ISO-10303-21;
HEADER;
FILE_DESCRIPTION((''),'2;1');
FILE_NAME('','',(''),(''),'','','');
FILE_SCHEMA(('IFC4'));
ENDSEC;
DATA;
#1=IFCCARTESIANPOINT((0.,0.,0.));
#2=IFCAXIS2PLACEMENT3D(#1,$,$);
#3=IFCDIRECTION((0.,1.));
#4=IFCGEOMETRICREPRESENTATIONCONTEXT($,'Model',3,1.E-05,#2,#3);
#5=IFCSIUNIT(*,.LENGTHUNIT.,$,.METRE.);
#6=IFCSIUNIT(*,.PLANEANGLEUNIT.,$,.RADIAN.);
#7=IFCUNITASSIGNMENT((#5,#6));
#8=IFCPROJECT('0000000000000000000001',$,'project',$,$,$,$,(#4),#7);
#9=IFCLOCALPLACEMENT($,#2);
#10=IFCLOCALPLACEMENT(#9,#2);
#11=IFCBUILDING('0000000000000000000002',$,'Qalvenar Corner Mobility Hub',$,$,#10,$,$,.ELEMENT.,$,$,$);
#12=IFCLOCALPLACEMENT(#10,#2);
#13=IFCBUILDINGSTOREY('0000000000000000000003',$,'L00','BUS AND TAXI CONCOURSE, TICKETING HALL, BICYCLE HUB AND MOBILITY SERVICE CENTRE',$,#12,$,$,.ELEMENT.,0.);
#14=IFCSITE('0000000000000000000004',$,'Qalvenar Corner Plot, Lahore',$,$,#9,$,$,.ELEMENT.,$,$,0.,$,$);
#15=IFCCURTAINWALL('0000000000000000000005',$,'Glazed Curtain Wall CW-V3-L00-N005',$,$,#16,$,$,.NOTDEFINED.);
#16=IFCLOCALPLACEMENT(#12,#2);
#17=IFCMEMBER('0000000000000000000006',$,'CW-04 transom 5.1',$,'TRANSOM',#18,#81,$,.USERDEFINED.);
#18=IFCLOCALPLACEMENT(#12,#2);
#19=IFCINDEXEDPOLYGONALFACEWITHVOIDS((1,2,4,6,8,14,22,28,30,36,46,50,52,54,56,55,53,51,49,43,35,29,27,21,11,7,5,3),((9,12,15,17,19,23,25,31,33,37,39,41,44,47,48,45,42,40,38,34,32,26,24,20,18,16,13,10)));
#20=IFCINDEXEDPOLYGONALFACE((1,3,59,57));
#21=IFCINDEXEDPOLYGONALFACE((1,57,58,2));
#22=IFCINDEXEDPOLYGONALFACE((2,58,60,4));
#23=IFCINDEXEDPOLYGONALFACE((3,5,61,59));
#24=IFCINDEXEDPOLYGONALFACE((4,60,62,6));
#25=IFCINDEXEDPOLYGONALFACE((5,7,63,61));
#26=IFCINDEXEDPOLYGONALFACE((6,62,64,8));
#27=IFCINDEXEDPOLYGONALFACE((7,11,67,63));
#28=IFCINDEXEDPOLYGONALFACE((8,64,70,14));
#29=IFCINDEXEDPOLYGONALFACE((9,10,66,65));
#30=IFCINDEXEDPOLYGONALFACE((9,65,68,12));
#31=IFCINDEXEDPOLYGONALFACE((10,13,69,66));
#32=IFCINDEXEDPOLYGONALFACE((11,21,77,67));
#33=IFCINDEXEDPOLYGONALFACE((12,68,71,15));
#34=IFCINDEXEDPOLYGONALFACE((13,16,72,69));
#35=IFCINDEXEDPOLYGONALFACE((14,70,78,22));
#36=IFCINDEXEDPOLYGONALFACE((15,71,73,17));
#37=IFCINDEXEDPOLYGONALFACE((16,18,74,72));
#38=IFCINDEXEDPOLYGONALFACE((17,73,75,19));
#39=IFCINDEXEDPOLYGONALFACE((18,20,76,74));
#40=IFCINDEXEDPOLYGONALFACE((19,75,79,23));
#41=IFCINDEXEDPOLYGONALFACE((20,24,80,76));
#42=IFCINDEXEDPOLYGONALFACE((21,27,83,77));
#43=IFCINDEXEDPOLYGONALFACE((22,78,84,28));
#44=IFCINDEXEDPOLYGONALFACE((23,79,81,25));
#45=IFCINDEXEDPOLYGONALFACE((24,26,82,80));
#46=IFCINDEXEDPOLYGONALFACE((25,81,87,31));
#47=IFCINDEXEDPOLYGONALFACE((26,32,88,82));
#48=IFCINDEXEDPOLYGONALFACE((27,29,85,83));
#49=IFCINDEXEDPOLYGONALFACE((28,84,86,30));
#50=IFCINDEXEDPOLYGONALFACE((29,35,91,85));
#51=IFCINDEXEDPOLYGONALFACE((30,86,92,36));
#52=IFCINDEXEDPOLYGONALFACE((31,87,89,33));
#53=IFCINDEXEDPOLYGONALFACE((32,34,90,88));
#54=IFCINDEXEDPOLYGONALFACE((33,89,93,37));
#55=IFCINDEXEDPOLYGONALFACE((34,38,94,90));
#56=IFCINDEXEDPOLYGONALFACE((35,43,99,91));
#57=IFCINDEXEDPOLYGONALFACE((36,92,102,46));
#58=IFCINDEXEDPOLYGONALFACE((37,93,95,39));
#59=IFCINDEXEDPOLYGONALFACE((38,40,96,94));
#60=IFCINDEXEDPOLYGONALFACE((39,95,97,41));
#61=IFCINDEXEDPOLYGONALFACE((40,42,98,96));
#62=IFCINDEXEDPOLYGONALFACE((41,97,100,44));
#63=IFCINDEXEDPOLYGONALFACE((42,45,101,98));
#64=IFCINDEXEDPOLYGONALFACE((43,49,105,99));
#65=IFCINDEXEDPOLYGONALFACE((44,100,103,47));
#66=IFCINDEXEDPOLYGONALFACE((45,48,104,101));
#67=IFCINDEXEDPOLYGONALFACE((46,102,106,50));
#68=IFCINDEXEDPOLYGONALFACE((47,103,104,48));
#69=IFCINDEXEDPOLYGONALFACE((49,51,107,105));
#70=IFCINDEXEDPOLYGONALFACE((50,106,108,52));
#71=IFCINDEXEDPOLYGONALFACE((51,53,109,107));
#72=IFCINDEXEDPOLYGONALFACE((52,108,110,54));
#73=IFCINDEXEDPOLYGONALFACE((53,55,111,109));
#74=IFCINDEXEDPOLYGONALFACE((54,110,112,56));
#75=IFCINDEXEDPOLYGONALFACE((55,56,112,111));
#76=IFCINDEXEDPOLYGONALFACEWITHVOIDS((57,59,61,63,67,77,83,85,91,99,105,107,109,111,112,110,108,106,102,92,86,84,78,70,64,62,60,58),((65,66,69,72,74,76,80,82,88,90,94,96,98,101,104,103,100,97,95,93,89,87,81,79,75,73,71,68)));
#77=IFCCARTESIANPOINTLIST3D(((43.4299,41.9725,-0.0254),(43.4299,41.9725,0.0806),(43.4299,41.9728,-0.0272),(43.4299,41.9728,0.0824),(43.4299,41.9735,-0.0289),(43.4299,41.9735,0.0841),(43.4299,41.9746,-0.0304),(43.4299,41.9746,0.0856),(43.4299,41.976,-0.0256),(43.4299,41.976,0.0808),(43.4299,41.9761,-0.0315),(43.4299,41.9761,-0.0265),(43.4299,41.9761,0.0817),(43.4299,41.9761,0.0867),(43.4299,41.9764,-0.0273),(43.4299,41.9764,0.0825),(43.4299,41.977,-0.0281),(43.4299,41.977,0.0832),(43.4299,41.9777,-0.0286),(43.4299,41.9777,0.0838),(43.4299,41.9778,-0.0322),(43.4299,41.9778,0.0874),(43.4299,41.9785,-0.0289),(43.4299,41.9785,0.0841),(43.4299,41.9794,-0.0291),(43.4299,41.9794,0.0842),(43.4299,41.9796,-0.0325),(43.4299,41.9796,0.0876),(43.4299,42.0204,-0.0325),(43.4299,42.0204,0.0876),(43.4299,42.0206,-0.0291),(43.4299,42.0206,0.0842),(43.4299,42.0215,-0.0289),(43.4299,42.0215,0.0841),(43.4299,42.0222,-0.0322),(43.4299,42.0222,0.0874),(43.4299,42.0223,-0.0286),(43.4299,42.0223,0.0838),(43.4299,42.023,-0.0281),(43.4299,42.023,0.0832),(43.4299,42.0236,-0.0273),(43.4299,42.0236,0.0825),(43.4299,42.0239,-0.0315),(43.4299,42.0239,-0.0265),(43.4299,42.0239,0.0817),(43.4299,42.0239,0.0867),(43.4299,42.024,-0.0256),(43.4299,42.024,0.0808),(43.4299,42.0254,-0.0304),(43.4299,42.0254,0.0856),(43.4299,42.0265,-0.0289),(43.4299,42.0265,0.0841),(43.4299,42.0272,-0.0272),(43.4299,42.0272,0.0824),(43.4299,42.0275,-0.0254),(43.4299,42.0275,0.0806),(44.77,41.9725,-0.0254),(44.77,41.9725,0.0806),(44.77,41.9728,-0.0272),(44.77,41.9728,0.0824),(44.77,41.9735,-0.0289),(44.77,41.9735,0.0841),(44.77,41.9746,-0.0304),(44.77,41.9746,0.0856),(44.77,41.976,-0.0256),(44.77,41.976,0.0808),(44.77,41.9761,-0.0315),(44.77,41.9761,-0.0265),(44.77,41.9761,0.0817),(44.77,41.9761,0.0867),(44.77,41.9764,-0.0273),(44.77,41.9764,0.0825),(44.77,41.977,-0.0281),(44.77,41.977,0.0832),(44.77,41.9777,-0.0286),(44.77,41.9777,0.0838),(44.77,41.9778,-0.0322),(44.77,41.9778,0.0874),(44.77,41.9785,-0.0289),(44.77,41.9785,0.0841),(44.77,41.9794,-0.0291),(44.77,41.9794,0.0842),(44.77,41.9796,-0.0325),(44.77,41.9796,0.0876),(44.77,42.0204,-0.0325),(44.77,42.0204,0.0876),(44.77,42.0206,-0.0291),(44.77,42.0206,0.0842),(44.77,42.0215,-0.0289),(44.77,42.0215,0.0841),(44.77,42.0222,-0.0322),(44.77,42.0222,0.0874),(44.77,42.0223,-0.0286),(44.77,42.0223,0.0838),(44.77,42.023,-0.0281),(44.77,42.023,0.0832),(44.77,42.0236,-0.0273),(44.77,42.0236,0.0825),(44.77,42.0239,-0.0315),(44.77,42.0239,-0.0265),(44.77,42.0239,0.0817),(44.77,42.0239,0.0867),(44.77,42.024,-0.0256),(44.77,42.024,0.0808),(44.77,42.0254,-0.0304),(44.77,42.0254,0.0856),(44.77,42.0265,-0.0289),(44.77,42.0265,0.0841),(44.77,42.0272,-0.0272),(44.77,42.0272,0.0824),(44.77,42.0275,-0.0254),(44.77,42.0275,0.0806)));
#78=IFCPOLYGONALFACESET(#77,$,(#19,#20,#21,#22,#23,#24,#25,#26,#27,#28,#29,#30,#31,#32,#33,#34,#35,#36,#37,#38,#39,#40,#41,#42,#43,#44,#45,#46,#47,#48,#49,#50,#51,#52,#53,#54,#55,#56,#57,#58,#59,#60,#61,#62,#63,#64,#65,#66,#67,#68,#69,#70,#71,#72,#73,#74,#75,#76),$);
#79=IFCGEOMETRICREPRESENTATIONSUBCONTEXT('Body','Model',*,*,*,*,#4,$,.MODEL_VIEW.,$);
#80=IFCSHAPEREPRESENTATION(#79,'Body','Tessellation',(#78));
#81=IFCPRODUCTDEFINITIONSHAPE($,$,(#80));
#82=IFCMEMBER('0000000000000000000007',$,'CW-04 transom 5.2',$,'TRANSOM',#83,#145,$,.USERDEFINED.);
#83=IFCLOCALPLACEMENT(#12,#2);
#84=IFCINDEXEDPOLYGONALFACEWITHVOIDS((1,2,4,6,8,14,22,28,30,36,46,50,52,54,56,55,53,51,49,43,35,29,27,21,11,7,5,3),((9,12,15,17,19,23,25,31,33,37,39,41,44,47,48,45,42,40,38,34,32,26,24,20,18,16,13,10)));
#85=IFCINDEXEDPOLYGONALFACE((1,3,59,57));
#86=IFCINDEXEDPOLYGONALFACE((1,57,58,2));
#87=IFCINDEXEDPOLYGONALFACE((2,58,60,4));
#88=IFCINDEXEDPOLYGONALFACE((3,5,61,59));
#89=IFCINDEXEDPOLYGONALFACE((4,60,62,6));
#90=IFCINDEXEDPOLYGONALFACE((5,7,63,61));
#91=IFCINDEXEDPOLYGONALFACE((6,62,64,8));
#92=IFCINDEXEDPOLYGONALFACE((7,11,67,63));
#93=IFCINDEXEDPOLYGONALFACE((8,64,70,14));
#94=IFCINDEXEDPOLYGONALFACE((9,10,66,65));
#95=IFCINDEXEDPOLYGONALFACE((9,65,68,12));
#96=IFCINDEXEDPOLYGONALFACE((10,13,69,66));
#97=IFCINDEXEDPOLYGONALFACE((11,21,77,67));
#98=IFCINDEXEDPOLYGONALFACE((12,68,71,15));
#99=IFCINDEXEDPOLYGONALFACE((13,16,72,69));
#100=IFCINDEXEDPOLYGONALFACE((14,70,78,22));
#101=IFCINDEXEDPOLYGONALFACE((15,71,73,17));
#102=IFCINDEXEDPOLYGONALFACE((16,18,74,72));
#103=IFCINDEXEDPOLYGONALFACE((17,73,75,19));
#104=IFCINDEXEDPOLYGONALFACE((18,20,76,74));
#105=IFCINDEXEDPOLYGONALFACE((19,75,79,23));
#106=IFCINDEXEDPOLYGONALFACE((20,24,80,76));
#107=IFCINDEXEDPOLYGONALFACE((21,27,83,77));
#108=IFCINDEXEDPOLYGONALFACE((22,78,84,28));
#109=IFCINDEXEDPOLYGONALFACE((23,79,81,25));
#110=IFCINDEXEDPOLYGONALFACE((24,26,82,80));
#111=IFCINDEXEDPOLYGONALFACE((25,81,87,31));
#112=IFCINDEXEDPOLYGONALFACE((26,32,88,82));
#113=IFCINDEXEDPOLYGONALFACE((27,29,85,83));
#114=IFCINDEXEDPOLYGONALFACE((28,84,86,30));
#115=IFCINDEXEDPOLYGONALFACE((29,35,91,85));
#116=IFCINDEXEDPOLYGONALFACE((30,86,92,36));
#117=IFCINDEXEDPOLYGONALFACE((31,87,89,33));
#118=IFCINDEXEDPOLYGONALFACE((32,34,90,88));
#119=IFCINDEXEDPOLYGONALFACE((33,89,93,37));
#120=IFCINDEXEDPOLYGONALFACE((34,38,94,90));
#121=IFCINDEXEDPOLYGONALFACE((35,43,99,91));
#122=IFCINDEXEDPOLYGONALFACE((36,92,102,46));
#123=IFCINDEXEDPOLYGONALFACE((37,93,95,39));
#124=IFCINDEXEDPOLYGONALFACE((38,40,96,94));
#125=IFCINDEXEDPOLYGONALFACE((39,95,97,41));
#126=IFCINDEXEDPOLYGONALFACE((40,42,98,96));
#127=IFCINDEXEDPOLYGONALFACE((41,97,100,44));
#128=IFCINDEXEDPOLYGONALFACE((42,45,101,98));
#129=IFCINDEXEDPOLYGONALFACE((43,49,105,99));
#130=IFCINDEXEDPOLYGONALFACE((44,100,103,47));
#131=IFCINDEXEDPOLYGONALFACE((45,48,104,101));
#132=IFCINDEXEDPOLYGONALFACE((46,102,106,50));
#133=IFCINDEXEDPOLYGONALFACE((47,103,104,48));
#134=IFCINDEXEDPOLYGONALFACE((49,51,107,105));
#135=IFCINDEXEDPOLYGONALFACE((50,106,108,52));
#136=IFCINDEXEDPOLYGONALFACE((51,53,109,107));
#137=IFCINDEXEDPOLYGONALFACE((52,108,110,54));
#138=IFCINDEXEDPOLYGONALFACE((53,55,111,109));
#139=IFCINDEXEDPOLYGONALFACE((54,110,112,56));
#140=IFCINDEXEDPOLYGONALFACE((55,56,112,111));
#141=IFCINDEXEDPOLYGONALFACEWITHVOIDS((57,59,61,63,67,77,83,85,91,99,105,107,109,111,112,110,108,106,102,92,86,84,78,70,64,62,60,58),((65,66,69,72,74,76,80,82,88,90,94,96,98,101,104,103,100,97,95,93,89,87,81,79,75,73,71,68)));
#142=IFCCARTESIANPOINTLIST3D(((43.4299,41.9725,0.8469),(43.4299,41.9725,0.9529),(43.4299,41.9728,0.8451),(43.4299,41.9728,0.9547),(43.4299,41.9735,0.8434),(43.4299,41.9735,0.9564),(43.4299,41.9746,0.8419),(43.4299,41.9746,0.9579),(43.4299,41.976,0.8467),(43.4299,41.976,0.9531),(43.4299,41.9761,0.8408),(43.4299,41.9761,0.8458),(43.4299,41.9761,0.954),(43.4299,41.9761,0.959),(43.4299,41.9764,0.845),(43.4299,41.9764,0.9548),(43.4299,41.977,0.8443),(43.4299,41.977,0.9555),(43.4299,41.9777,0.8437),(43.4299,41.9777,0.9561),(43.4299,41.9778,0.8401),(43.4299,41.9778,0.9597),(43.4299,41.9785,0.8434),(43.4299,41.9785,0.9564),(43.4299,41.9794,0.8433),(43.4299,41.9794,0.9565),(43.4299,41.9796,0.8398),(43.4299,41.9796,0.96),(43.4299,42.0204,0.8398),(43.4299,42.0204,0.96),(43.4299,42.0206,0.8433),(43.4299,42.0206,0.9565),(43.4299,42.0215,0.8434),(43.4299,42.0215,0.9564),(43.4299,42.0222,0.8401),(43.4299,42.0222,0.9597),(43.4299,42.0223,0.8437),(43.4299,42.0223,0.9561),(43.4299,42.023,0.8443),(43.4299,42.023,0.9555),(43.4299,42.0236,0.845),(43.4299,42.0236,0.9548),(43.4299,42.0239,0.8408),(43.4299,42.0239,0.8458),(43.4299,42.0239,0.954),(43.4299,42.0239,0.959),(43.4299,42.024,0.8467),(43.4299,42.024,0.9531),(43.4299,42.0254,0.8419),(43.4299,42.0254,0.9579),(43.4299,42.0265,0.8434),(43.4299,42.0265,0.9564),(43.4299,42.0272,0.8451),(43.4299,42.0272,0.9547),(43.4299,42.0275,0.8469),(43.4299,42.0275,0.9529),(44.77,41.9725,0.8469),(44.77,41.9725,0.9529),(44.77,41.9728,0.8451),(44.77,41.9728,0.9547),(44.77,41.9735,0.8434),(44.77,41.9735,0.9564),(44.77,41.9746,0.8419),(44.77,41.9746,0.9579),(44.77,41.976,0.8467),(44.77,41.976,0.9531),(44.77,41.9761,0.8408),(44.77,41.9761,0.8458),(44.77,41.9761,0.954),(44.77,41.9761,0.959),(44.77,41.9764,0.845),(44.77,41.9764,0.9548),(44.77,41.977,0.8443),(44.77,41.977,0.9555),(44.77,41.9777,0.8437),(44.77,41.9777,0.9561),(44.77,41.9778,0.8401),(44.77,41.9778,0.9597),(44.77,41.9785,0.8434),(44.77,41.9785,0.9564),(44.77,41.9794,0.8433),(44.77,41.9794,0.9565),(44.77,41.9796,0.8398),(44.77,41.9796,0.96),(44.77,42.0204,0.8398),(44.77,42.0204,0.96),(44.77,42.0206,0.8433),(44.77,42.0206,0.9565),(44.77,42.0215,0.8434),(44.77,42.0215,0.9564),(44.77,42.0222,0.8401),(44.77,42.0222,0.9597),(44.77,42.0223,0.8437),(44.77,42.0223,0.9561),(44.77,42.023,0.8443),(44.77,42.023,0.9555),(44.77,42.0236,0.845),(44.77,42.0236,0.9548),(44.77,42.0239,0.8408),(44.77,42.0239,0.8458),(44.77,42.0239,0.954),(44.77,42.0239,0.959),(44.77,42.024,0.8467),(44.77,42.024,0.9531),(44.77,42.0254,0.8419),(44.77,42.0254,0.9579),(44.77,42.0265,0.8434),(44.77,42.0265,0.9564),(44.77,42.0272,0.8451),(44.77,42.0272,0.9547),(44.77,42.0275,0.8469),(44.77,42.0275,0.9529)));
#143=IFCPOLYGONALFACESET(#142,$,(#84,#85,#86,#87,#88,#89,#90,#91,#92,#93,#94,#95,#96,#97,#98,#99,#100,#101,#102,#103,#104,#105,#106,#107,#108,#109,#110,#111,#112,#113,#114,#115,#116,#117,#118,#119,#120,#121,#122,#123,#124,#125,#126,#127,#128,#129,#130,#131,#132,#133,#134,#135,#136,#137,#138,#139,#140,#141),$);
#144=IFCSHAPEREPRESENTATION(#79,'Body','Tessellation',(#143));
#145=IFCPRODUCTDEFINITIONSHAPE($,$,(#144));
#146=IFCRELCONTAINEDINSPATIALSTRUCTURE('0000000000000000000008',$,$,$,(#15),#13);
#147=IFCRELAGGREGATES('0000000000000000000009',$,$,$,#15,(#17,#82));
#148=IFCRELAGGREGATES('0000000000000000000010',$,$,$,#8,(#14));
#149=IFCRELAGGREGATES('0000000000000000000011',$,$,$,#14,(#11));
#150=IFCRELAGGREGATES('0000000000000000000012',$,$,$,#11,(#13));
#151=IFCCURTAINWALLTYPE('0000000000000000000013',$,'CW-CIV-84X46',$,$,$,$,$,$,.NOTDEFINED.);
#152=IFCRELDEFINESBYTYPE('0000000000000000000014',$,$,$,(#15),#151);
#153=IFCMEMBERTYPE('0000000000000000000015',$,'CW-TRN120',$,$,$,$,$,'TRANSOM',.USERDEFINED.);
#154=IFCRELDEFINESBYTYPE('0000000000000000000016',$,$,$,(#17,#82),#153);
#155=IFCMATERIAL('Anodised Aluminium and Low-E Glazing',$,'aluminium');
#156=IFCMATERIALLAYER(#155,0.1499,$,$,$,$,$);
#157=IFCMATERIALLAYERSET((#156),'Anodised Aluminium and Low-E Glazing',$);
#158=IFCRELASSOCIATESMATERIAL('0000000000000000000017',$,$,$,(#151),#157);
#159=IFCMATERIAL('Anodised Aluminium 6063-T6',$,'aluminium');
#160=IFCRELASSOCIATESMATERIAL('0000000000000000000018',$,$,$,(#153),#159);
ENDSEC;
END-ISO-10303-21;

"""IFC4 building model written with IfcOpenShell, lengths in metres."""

from ifc_helpers import new_model, si_unit, direction, frame, origin, origin_2d, place, context, subcontext, project, spatial, hollow_rectangle, extrude, material, layer, layer_set, material_profile, profile_set, type_object, element, aggregate, save


model = new_model("IFC4")

# Units and contexts
model_context = context("Model", 3, precision=1e-05, world=origin(), true_north=direction((0.0, 1.0)))
body_context = subcontext(model_context, "Body", "Model", "MODEL_VIEW")
ifc_project = project(units=[si_unit("LENGTHUNIT", "METRE"), si_unit("PLANEANGLEUNIT", "RADIAN")], contexts=[model_context])

# Site, building, storey
site_placement = place(None, origin())
site = spatial("IfcSite", under=ifc_project, at=site_placement, Name="Qalvenar Corner Plot, Lahore", CompositionType="ELEMENT", RefElevation=0.0)
building_placement = place(site_placement, origin())
building = spatial("IfcBuilding", under=site, at=building_placement, Name="Qalvenar Corner Mobility Hub", CompositionType="ELEMENT")
storey_placement = place(building_placement, origin())
storey = spatial("IfcBuildingStorey", under=building, at=storey_placement, Name="L00", Description="BUS AND TAXI CONCOURSE, TICKETING HALL, BICYCLE HUB AND MOBILITY SERVICE CENTRE", CompositionType="ELEMENT", Elevation=0.0)

# Curtain wall
ifc_material_1 = material(Name="Anodised Aluminium and Low-E Glazing", Category="aluminium")
ifc_layer_1 = layer(ifc_material_1, 0.1499)
ifc_layer_set_1 = layer_set([ifc_layer_1], Name="Anodised Aluminium and Low-E Glazing")
curtain_wall_type = type_object("IfcCurtainWallType", Name="CW-CIV-84X46", PredefinedType="NOTDEFINED", material=ifc_layer_set_1)
curtain_wall_1_placement = place(storey_placement, origin())
curtain_wall_1 = element("IfcCurtainWall", 1, at=curtain_wall_1_placement, inside=storey, type_object=curtain_wall_type, Name="Glazed Curtain Wall CW-V3-L00-N005", PredefinedType="NOTDEFINED")
ifc_material_2 = material(Name="Anodised Aluminium 6063-T6", Category="aluminium")

# Members
ifc_material_profile_1 = material_profile(ifc_material_2, hollow_rectangle(XDim=0.0549, YDim=0.1201, WallThickness=0.0034, InnerFilletRadius=0.0034, OuterFilletRadius=0.0071, at=origin_2d()), Name="RHS120x55x3.5")
ifc_profile_set_1 = profile_set([ifc_material_profile_1], Name="Anodised Aluminium 6063-T6")
member_type_1 = type_object("IfcMemberType", Name="CW-TRN120", ElementType="TRANSOM", PredefinedType="USERDEFINED", material=ifc_profile_set_1)
member_1_placement = place(storey_placement, frame((44.77, 42.0, 0.0276), z_axis=(-1.0, 0.0, 0.0), x_axis=(0.0, -1.0, 0.0)))
member_1 = element("IfcMember", 2, at=member_1_placement, type_object=member_type_1, Name="CW-04 transom 5.1", ObjectType="TRANSOM", PredefinedType="USERDEFINED", context=body_context, shape_type="SweptSolid", body=[
    extrude(hollow_rectangle(XDim=0.0549, YDim=0.1201, WallThickness=0.0034, InnerFilletRadius=0.0034, OuterFilletRadius=0.0071, at=origin_2d()), origin(), (0.0, 0.0, 1.0), 1.3401),
])
member_2_placement = place(storey_placement, frame((44.77, 42.0, 0.8999), z_axis=(-1.0, 0.0, 0.0), x_axis=(0.0, -1.0, 0.0)))
member_2 = element("IfcMember", 3, at=member_2_placement, type_object=member_type_1, Name="CW-04 transom 5.2", ObjectType="TRANSOM", PredefinedType="USERDEFINED", context=body_context, shape_type="SweptSolid", body=[
    extrude(hollow_rectangle(XDim=0.0549, YDim=0.1201, WallThickness=0.0034, InnerFilletRadius=0.0034, OuterFilletRadius=0.0071, at=origin_2d()), origin(), (0.0, 0.0, 1.0), 1.3401),
])

aggregate(curtain_wall_1, [member_1, member_2])

save(model, "model.ifc")
